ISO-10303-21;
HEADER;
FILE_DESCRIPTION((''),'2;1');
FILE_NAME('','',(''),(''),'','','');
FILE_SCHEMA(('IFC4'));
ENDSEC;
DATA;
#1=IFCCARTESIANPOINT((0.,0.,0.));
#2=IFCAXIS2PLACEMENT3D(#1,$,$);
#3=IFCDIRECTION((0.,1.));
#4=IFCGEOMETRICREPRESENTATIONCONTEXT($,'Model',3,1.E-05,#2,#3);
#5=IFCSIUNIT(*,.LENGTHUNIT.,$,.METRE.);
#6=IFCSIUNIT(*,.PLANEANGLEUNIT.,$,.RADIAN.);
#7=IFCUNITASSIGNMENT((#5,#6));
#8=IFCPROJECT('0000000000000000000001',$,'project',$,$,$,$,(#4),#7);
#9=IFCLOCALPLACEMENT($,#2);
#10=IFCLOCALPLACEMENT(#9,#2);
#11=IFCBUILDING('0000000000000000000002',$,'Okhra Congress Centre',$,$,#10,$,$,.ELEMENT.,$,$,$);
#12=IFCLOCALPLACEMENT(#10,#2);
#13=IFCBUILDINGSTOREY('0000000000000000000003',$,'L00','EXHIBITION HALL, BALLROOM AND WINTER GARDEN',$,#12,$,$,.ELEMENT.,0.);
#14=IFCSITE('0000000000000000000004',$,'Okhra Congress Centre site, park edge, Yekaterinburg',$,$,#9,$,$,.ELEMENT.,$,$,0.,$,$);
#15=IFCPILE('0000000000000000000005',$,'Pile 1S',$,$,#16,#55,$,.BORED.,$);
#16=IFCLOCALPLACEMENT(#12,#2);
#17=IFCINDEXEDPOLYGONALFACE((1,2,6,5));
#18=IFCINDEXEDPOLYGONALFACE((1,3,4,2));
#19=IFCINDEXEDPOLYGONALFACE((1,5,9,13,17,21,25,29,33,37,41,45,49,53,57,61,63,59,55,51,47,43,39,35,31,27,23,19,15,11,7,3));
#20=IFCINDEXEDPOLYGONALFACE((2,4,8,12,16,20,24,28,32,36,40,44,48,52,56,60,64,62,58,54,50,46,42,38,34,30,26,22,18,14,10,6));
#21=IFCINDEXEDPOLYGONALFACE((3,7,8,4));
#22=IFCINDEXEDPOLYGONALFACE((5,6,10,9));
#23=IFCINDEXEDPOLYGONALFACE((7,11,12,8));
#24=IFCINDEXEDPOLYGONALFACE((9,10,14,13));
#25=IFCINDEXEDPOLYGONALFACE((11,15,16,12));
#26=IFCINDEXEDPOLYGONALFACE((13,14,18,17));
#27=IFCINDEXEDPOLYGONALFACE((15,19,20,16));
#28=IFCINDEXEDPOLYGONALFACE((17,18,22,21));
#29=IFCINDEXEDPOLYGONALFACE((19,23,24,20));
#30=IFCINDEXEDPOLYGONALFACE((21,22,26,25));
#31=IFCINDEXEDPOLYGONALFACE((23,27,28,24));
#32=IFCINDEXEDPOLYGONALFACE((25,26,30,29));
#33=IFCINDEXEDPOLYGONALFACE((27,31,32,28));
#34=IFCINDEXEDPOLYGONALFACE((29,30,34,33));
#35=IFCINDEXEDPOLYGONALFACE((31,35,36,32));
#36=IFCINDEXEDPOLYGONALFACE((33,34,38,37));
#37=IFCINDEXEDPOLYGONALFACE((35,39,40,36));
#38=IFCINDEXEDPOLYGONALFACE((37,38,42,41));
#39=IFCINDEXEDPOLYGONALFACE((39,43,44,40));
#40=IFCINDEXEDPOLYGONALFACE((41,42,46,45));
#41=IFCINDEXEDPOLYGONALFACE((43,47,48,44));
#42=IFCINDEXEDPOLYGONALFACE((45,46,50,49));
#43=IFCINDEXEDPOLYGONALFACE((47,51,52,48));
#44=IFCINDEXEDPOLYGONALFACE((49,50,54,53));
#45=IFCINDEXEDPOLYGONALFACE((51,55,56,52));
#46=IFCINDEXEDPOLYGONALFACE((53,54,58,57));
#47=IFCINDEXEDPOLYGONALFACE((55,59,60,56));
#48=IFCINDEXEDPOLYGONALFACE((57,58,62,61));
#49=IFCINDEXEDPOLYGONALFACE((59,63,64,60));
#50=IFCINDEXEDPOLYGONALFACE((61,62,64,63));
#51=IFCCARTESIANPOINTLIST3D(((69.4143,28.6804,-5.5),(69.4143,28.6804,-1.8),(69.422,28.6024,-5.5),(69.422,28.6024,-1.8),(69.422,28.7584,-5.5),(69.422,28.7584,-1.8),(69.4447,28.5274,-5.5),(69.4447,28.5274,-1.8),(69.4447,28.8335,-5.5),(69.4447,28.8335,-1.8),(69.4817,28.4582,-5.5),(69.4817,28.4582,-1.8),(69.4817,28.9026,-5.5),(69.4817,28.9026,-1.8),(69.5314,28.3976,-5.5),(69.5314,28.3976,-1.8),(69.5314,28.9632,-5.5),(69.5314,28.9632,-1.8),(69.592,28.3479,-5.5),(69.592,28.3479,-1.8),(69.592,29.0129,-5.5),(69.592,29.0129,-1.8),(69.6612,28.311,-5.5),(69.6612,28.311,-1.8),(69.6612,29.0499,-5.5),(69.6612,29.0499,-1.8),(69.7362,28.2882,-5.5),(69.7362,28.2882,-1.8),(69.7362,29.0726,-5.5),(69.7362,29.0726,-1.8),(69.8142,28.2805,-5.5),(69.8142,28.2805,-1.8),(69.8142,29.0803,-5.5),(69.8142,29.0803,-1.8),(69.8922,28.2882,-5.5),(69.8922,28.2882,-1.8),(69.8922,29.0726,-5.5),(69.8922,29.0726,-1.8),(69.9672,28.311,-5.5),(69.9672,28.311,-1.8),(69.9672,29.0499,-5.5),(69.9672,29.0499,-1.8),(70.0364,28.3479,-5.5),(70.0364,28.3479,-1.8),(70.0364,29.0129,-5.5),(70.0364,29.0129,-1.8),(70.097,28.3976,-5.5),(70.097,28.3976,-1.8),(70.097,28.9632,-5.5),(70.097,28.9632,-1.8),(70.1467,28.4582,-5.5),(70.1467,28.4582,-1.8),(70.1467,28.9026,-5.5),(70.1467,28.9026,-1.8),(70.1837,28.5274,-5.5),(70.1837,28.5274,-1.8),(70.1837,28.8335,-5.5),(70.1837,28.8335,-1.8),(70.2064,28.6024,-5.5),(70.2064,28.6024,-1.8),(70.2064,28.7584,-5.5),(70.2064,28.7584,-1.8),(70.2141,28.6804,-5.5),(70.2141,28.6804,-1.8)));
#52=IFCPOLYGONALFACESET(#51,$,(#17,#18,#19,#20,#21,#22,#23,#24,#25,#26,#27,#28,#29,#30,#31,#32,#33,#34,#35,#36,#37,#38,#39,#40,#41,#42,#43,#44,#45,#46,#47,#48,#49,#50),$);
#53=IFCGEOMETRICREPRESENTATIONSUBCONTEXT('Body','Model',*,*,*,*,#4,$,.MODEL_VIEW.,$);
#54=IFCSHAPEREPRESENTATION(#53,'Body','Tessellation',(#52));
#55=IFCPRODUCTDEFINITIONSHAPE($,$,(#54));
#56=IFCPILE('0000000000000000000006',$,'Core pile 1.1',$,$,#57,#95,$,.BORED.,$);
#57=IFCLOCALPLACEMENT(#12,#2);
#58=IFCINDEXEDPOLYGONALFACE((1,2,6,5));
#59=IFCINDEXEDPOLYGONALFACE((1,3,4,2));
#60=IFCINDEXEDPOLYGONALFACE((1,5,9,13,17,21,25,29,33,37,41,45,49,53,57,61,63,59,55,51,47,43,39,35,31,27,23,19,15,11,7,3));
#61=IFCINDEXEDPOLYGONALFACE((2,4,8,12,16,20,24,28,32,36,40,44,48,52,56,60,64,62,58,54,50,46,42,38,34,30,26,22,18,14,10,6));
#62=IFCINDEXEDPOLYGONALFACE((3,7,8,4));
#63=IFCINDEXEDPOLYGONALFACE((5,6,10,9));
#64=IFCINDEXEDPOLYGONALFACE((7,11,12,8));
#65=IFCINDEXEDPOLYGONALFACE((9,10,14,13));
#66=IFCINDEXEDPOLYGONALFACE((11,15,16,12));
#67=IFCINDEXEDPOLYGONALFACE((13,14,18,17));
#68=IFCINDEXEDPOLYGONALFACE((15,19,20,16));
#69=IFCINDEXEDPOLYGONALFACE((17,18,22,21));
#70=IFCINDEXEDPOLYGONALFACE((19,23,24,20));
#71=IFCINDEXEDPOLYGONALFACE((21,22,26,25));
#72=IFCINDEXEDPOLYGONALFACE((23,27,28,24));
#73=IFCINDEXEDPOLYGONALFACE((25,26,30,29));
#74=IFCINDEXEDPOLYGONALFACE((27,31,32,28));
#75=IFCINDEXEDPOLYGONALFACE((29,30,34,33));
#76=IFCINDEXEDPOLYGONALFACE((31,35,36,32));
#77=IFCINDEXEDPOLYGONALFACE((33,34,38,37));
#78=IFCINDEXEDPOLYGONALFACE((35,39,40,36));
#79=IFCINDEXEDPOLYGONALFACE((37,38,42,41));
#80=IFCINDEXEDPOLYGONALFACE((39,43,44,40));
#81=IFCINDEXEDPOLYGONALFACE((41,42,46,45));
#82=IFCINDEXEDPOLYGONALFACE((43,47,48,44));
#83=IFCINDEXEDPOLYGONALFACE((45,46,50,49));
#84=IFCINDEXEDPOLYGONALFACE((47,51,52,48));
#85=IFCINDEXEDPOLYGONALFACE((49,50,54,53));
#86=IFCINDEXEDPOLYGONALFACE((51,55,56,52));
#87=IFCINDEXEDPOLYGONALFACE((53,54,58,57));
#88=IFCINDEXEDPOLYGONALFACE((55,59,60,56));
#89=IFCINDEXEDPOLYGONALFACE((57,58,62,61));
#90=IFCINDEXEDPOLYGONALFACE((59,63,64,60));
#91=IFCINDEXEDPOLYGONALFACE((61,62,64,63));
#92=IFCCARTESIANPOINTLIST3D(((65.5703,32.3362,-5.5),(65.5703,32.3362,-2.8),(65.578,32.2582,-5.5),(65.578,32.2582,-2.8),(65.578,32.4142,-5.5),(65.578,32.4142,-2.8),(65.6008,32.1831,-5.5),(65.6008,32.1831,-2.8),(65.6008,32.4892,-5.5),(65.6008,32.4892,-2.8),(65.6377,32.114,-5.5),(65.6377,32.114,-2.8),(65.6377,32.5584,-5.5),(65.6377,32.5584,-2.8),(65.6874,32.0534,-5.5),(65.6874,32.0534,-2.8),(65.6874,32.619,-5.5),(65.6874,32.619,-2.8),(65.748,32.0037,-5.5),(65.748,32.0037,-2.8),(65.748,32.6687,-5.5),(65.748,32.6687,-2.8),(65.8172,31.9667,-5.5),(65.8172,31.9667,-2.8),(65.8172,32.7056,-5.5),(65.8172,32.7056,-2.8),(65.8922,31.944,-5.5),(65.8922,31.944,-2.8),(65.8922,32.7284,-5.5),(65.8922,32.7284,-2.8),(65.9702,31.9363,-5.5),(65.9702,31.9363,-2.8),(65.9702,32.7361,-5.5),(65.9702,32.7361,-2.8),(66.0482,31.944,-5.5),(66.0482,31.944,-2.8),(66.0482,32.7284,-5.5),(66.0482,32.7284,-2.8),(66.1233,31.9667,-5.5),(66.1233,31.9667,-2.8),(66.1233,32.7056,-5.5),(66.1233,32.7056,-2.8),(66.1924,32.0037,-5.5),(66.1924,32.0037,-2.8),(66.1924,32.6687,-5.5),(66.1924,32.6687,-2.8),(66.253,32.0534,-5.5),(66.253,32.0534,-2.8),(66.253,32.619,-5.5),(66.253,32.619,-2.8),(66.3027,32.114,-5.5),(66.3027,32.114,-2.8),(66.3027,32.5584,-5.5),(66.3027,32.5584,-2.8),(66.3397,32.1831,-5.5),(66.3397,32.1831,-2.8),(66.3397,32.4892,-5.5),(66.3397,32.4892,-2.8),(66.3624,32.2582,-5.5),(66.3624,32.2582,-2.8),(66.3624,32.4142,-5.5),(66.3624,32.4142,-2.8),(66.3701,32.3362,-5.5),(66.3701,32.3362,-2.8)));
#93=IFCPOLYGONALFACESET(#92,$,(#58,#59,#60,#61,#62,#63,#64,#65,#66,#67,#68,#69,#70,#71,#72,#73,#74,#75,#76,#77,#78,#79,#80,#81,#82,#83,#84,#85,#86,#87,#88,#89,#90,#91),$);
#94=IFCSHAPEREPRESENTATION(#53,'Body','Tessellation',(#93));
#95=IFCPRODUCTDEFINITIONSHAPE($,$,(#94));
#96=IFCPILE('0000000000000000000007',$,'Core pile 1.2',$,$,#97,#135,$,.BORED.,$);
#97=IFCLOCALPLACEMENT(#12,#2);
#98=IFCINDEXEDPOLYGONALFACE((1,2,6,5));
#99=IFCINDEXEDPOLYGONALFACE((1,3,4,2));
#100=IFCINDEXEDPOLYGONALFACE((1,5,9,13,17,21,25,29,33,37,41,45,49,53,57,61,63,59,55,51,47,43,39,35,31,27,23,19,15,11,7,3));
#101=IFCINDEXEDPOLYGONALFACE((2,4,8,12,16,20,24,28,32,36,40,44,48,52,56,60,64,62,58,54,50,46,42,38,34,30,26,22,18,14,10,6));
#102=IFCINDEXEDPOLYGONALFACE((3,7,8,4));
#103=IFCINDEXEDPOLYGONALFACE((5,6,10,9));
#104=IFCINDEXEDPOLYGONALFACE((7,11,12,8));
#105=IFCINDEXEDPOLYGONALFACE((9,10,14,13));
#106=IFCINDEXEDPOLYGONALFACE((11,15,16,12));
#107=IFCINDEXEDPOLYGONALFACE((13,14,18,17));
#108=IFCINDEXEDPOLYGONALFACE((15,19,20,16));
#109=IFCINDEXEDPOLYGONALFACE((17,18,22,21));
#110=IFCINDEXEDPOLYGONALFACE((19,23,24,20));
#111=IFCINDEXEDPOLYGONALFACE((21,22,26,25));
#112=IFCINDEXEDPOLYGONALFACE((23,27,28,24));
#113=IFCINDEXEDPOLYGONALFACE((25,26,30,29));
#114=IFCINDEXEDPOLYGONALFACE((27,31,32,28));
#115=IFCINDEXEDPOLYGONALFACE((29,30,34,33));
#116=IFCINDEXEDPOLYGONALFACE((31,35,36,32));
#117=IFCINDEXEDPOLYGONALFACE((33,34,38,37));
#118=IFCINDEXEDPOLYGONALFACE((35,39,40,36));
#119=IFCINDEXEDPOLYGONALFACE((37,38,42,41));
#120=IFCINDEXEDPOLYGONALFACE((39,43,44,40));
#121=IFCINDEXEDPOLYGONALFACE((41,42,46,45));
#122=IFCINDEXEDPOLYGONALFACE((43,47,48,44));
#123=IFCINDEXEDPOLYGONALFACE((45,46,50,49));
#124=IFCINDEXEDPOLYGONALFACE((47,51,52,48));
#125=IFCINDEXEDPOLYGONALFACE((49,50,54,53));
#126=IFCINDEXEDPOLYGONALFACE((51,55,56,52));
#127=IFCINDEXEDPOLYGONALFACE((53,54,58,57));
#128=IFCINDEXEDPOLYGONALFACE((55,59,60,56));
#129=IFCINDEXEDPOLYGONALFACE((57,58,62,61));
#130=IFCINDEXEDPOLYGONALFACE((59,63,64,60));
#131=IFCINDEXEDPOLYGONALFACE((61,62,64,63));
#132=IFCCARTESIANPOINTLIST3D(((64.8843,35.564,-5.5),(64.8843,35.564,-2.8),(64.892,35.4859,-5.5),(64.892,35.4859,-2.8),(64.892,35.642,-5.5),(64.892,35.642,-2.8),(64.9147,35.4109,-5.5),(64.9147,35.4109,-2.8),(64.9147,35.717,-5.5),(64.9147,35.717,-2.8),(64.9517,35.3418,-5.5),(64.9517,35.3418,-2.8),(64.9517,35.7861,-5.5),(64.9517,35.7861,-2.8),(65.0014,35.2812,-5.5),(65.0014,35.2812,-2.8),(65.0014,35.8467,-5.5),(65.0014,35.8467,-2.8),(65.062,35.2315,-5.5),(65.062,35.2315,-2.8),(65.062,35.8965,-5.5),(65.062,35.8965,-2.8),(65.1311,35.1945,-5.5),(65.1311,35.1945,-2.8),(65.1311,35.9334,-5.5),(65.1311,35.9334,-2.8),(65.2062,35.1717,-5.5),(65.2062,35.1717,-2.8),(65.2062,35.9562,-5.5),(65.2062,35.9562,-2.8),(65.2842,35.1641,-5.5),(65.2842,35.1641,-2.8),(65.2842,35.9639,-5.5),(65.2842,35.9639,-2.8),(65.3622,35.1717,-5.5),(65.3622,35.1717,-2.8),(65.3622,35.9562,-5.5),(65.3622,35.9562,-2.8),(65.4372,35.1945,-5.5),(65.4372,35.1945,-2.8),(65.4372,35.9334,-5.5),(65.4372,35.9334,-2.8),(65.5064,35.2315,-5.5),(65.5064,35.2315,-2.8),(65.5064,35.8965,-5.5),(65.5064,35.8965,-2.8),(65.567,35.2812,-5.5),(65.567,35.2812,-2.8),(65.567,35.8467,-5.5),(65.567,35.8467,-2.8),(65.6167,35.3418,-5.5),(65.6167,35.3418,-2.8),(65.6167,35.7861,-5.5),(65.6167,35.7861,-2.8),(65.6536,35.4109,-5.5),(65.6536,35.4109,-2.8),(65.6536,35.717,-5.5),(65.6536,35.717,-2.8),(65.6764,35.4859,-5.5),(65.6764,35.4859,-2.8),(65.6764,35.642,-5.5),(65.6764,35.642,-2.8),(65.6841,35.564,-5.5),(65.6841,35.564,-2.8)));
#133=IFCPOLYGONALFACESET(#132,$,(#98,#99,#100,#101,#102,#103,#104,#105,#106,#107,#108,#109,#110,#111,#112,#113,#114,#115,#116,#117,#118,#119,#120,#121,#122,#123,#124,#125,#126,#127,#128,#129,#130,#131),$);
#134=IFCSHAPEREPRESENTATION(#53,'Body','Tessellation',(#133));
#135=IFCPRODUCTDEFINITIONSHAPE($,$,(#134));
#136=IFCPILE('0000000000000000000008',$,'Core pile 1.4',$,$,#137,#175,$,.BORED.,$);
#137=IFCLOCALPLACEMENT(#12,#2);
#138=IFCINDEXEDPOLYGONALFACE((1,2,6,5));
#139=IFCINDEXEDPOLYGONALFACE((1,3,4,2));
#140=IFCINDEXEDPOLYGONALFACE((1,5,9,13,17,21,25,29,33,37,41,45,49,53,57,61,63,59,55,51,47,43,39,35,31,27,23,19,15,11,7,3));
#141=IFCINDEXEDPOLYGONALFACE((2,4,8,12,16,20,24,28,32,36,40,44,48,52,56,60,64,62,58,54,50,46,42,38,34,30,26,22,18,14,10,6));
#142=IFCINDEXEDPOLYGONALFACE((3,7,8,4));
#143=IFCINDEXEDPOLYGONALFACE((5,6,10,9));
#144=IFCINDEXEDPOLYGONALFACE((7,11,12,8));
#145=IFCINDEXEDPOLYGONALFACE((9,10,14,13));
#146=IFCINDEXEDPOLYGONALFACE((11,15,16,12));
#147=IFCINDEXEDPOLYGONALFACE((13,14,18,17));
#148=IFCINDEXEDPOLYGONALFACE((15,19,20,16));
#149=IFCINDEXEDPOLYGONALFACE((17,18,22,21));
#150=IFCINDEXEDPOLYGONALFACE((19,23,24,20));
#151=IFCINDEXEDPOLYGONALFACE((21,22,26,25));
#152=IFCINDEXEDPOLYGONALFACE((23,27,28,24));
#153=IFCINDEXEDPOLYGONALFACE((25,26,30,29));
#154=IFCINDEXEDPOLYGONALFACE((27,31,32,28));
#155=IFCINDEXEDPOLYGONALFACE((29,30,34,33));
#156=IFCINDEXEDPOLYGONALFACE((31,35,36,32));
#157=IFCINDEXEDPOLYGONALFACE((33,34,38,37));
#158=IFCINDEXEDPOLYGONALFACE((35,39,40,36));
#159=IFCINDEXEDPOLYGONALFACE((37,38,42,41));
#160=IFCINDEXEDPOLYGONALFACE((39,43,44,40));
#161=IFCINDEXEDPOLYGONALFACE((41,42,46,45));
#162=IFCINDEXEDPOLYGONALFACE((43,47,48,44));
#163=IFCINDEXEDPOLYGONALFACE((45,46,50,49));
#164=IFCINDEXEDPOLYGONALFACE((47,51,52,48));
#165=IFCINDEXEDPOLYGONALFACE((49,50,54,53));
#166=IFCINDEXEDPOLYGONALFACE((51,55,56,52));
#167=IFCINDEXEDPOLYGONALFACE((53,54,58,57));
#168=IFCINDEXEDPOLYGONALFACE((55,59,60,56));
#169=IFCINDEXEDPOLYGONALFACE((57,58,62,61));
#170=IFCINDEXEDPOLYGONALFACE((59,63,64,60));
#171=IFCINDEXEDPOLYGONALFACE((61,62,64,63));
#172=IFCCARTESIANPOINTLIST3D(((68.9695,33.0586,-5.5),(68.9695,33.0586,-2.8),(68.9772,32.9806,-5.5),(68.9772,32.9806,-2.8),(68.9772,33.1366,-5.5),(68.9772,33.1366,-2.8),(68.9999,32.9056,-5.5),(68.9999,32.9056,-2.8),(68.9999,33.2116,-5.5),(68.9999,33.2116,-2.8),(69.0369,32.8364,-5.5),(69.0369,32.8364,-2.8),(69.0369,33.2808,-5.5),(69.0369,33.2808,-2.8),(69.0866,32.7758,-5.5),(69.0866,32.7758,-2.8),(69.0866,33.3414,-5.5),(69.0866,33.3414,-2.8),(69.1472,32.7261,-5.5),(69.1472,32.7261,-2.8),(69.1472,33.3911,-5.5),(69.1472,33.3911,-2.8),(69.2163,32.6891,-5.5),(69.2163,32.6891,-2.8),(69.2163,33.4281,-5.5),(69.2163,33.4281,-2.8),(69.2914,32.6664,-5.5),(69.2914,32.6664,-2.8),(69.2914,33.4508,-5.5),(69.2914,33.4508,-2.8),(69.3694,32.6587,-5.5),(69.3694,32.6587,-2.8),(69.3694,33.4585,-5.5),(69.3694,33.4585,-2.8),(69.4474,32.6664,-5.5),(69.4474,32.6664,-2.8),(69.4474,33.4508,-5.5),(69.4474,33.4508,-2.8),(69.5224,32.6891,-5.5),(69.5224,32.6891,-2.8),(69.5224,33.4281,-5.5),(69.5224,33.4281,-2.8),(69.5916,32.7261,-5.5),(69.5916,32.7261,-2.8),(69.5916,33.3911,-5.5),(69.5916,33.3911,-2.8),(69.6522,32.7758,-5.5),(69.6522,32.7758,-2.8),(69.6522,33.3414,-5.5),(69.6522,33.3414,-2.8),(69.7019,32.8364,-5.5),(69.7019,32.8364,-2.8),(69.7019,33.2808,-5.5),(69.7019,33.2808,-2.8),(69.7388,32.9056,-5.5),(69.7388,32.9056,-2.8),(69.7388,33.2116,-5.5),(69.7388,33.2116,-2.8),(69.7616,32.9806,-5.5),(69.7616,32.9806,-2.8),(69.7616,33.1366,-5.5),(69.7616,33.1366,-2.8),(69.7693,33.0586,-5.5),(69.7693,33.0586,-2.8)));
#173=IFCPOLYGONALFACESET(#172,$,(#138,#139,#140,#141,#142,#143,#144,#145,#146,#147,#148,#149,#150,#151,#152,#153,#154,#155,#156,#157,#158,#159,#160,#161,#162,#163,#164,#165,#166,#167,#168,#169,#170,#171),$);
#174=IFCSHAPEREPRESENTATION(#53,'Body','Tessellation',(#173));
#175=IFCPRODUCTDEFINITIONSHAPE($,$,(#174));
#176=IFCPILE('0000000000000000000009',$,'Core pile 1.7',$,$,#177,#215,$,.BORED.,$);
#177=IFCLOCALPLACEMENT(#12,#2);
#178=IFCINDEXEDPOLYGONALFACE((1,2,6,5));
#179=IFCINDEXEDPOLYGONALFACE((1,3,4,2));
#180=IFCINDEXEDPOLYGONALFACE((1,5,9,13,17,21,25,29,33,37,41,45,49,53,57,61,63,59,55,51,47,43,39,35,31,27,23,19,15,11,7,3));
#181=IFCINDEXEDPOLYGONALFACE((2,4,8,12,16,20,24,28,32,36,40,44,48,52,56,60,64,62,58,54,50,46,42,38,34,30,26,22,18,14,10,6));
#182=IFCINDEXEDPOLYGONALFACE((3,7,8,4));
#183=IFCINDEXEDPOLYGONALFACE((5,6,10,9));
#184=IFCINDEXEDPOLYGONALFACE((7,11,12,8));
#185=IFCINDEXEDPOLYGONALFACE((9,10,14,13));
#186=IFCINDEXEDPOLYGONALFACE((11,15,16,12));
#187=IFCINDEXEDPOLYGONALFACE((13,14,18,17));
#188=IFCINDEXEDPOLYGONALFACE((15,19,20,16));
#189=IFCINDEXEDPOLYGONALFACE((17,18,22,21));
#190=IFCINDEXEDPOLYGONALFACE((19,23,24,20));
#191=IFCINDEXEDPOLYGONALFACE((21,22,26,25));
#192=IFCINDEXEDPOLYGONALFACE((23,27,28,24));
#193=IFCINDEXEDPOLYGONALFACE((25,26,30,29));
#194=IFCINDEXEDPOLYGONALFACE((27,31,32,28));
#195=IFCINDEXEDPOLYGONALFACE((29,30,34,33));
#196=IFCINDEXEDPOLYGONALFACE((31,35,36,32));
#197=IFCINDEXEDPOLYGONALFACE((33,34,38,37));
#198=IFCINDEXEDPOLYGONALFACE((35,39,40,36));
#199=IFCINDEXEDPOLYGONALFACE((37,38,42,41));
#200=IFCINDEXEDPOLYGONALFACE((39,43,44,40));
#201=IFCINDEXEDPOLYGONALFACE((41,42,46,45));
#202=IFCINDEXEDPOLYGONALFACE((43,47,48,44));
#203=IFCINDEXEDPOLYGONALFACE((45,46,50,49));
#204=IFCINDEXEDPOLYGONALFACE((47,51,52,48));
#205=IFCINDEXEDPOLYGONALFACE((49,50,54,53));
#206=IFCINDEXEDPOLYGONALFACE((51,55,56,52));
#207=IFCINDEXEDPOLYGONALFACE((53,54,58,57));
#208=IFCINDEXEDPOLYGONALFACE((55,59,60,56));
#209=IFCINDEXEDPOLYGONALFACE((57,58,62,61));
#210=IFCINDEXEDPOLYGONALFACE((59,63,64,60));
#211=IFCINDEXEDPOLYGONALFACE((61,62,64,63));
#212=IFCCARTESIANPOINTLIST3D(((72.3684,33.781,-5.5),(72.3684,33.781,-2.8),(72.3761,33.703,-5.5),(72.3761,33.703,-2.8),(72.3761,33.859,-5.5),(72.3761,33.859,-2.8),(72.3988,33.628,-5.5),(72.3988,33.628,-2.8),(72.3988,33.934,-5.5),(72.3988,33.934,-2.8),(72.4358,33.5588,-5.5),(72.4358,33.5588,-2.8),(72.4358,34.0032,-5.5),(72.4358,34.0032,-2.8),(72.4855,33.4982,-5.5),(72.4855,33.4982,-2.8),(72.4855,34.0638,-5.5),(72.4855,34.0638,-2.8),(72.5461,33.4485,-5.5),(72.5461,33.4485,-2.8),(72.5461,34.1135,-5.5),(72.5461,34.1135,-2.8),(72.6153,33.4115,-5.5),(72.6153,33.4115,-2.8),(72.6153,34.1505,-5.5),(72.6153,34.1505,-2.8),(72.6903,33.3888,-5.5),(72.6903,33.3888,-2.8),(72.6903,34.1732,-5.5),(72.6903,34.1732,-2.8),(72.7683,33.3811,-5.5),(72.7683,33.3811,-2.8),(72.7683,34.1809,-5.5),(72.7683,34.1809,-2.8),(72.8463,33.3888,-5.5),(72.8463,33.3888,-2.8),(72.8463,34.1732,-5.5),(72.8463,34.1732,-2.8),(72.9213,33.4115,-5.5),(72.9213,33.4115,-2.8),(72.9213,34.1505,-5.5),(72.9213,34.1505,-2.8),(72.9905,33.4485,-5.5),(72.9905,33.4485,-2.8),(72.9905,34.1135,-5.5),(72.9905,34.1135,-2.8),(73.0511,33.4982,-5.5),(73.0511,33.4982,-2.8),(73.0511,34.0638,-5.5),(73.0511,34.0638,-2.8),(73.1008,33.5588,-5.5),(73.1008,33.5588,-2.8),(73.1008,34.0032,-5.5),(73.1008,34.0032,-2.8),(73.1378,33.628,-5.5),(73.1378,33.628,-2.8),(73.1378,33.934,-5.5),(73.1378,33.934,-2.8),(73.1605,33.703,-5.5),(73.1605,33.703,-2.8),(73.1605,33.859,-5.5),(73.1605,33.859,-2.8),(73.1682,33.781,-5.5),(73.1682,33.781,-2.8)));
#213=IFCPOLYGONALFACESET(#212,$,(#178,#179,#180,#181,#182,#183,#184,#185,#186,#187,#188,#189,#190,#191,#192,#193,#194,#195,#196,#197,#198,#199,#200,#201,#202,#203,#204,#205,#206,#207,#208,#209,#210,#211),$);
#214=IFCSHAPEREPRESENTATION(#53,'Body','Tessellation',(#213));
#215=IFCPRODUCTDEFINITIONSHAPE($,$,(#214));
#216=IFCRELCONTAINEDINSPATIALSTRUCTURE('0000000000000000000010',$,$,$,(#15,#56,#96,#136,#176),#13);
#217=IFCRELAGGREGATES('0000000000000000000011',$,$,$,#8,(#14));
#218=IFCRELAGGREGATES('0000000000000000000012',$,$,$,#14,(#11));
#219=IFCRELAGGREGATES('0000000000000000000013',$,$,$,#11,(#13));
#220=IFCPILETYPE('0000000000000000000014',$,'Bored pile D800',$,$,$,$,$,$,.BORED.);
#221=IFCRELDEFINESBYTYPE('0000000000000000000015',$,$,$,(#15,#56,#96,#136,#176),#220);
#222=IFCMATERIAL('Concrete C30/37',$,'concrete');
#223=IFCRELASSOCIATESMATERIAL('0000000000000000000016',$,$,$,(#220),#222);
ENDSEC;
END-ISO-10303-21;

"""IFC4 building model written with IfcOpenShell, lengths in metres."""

from ifc_helpers import new_model, si_unit, direction, frame, origin, origin_2d, place, context, subcontext, project, spatial, circle, extrude, material, material_profile, profile_set, type_object, element, save


model = new_model("IFC4")

# Units and contexts
model_context = context("Model", 3, precision=1e-05, world=origin(), true_north=direction((0.0, 1.0)))
body_context = subcontext(model_context, "Body", "Model", "MODEL_VIEW")
ifc_project = project(units=[si_unit("LENGTHUNIT", "METRE"), si_unit("PLANEANGLEUNIT", "RADIAN")], contexts=[model_context])

# Site, building, storey
site_placement = place(None, origin())
site = spatial("IfcSite", under=ifc_project, at=site_placement, Name="Okhra Congress Centre site, park edge, Yekaterinburg", CompositionType="ELEMENT", RefElevation=0.0)
building_placement = place(site_placement, origin())
building = spatial("IfcBuilding", under=site, at=building_placement, Name="Okhra Congress Centre", CompositionType="ELEMENT")
storey_placement = place(building_placement, origin())
storey = spatial("IfcBuildingStorey", under=building, at=storey_placement, Name="L00", Description="EXHIBITION HALL, BALLROOM AND WINTER GARDEN", CompositionType="ELEMENT", Elevation=0.0)

# Piles
ifc_material_1 = material(Name="Concrete C30/37", Category="concrete")
ifc_material_profile_1 = material_profile(ifc_material_1, circle(Radius=0.3999, at=origin_2d()), Name="D800")
ifc_profile_set_1 = profile_set([ifc_material_profile_1], Name="Concrete C30/37")
pile_type = type_object("IfcPileType", Name="Bored pile D800", PredefinedType="BORED", material=ifc_profile_set_1)
pile_placement = place(storey_placement, frame((69.8142, 28.6804, -1.8), z_axis=(0.0, 0.0, -1.0), x_axis=(1.0, 0.0, 0.0)))
element("IfcPile", 1, at=pile_placement, inside=storey, type_object=pile_type, Name="Pile 1S", PredefinedType="BORED", context=body_context, shape_type="SweptSolid", body=[
    extrude(circle(Radius=0.3999, at=origin_2d()), origin(), (0.0, 0.0, 1.0), 3.7),
])
for number, where, z_axis, x_axis, name in (
    (2, (65.9702, 32.3362, -2.8), (0.0, 0.0, -1.0), (1.0, 0.0, 0.0), "Core pile 1.1"),
    (3, (65.2842, 35.564, -2.8), (0.0, 0.0, -1.0), (1.0, 0.0, 0.0), "Core pile 1.2"),
    (4, (69.3694, 33.0586, -2.8), (0.0, 0.0, -1.0), (1.0, 0.0, 0.0), "Core pile 1.4"),
    (5, (72.7683, 33.781, -2.8), (0.0, 0.0, -1.0), (1.0, 0.0, 0.0), "Core pile 1.7"),
):
    element("IfcPile", number, at=place(storey_placement, frame(where, z_axis=z_axis, x_axis=x_axis)), inside=storey, type_object=pile_type, Name=name, PredefinedType="BORED", context=body_context, shape_type="SweptSolid", body=[
        extrude(circle(Radius=0.3999, at=origin_2d()), origin(), (0.0, 0.0, 1.0), 2.7),
    ])

save(model, "model.ifc")
